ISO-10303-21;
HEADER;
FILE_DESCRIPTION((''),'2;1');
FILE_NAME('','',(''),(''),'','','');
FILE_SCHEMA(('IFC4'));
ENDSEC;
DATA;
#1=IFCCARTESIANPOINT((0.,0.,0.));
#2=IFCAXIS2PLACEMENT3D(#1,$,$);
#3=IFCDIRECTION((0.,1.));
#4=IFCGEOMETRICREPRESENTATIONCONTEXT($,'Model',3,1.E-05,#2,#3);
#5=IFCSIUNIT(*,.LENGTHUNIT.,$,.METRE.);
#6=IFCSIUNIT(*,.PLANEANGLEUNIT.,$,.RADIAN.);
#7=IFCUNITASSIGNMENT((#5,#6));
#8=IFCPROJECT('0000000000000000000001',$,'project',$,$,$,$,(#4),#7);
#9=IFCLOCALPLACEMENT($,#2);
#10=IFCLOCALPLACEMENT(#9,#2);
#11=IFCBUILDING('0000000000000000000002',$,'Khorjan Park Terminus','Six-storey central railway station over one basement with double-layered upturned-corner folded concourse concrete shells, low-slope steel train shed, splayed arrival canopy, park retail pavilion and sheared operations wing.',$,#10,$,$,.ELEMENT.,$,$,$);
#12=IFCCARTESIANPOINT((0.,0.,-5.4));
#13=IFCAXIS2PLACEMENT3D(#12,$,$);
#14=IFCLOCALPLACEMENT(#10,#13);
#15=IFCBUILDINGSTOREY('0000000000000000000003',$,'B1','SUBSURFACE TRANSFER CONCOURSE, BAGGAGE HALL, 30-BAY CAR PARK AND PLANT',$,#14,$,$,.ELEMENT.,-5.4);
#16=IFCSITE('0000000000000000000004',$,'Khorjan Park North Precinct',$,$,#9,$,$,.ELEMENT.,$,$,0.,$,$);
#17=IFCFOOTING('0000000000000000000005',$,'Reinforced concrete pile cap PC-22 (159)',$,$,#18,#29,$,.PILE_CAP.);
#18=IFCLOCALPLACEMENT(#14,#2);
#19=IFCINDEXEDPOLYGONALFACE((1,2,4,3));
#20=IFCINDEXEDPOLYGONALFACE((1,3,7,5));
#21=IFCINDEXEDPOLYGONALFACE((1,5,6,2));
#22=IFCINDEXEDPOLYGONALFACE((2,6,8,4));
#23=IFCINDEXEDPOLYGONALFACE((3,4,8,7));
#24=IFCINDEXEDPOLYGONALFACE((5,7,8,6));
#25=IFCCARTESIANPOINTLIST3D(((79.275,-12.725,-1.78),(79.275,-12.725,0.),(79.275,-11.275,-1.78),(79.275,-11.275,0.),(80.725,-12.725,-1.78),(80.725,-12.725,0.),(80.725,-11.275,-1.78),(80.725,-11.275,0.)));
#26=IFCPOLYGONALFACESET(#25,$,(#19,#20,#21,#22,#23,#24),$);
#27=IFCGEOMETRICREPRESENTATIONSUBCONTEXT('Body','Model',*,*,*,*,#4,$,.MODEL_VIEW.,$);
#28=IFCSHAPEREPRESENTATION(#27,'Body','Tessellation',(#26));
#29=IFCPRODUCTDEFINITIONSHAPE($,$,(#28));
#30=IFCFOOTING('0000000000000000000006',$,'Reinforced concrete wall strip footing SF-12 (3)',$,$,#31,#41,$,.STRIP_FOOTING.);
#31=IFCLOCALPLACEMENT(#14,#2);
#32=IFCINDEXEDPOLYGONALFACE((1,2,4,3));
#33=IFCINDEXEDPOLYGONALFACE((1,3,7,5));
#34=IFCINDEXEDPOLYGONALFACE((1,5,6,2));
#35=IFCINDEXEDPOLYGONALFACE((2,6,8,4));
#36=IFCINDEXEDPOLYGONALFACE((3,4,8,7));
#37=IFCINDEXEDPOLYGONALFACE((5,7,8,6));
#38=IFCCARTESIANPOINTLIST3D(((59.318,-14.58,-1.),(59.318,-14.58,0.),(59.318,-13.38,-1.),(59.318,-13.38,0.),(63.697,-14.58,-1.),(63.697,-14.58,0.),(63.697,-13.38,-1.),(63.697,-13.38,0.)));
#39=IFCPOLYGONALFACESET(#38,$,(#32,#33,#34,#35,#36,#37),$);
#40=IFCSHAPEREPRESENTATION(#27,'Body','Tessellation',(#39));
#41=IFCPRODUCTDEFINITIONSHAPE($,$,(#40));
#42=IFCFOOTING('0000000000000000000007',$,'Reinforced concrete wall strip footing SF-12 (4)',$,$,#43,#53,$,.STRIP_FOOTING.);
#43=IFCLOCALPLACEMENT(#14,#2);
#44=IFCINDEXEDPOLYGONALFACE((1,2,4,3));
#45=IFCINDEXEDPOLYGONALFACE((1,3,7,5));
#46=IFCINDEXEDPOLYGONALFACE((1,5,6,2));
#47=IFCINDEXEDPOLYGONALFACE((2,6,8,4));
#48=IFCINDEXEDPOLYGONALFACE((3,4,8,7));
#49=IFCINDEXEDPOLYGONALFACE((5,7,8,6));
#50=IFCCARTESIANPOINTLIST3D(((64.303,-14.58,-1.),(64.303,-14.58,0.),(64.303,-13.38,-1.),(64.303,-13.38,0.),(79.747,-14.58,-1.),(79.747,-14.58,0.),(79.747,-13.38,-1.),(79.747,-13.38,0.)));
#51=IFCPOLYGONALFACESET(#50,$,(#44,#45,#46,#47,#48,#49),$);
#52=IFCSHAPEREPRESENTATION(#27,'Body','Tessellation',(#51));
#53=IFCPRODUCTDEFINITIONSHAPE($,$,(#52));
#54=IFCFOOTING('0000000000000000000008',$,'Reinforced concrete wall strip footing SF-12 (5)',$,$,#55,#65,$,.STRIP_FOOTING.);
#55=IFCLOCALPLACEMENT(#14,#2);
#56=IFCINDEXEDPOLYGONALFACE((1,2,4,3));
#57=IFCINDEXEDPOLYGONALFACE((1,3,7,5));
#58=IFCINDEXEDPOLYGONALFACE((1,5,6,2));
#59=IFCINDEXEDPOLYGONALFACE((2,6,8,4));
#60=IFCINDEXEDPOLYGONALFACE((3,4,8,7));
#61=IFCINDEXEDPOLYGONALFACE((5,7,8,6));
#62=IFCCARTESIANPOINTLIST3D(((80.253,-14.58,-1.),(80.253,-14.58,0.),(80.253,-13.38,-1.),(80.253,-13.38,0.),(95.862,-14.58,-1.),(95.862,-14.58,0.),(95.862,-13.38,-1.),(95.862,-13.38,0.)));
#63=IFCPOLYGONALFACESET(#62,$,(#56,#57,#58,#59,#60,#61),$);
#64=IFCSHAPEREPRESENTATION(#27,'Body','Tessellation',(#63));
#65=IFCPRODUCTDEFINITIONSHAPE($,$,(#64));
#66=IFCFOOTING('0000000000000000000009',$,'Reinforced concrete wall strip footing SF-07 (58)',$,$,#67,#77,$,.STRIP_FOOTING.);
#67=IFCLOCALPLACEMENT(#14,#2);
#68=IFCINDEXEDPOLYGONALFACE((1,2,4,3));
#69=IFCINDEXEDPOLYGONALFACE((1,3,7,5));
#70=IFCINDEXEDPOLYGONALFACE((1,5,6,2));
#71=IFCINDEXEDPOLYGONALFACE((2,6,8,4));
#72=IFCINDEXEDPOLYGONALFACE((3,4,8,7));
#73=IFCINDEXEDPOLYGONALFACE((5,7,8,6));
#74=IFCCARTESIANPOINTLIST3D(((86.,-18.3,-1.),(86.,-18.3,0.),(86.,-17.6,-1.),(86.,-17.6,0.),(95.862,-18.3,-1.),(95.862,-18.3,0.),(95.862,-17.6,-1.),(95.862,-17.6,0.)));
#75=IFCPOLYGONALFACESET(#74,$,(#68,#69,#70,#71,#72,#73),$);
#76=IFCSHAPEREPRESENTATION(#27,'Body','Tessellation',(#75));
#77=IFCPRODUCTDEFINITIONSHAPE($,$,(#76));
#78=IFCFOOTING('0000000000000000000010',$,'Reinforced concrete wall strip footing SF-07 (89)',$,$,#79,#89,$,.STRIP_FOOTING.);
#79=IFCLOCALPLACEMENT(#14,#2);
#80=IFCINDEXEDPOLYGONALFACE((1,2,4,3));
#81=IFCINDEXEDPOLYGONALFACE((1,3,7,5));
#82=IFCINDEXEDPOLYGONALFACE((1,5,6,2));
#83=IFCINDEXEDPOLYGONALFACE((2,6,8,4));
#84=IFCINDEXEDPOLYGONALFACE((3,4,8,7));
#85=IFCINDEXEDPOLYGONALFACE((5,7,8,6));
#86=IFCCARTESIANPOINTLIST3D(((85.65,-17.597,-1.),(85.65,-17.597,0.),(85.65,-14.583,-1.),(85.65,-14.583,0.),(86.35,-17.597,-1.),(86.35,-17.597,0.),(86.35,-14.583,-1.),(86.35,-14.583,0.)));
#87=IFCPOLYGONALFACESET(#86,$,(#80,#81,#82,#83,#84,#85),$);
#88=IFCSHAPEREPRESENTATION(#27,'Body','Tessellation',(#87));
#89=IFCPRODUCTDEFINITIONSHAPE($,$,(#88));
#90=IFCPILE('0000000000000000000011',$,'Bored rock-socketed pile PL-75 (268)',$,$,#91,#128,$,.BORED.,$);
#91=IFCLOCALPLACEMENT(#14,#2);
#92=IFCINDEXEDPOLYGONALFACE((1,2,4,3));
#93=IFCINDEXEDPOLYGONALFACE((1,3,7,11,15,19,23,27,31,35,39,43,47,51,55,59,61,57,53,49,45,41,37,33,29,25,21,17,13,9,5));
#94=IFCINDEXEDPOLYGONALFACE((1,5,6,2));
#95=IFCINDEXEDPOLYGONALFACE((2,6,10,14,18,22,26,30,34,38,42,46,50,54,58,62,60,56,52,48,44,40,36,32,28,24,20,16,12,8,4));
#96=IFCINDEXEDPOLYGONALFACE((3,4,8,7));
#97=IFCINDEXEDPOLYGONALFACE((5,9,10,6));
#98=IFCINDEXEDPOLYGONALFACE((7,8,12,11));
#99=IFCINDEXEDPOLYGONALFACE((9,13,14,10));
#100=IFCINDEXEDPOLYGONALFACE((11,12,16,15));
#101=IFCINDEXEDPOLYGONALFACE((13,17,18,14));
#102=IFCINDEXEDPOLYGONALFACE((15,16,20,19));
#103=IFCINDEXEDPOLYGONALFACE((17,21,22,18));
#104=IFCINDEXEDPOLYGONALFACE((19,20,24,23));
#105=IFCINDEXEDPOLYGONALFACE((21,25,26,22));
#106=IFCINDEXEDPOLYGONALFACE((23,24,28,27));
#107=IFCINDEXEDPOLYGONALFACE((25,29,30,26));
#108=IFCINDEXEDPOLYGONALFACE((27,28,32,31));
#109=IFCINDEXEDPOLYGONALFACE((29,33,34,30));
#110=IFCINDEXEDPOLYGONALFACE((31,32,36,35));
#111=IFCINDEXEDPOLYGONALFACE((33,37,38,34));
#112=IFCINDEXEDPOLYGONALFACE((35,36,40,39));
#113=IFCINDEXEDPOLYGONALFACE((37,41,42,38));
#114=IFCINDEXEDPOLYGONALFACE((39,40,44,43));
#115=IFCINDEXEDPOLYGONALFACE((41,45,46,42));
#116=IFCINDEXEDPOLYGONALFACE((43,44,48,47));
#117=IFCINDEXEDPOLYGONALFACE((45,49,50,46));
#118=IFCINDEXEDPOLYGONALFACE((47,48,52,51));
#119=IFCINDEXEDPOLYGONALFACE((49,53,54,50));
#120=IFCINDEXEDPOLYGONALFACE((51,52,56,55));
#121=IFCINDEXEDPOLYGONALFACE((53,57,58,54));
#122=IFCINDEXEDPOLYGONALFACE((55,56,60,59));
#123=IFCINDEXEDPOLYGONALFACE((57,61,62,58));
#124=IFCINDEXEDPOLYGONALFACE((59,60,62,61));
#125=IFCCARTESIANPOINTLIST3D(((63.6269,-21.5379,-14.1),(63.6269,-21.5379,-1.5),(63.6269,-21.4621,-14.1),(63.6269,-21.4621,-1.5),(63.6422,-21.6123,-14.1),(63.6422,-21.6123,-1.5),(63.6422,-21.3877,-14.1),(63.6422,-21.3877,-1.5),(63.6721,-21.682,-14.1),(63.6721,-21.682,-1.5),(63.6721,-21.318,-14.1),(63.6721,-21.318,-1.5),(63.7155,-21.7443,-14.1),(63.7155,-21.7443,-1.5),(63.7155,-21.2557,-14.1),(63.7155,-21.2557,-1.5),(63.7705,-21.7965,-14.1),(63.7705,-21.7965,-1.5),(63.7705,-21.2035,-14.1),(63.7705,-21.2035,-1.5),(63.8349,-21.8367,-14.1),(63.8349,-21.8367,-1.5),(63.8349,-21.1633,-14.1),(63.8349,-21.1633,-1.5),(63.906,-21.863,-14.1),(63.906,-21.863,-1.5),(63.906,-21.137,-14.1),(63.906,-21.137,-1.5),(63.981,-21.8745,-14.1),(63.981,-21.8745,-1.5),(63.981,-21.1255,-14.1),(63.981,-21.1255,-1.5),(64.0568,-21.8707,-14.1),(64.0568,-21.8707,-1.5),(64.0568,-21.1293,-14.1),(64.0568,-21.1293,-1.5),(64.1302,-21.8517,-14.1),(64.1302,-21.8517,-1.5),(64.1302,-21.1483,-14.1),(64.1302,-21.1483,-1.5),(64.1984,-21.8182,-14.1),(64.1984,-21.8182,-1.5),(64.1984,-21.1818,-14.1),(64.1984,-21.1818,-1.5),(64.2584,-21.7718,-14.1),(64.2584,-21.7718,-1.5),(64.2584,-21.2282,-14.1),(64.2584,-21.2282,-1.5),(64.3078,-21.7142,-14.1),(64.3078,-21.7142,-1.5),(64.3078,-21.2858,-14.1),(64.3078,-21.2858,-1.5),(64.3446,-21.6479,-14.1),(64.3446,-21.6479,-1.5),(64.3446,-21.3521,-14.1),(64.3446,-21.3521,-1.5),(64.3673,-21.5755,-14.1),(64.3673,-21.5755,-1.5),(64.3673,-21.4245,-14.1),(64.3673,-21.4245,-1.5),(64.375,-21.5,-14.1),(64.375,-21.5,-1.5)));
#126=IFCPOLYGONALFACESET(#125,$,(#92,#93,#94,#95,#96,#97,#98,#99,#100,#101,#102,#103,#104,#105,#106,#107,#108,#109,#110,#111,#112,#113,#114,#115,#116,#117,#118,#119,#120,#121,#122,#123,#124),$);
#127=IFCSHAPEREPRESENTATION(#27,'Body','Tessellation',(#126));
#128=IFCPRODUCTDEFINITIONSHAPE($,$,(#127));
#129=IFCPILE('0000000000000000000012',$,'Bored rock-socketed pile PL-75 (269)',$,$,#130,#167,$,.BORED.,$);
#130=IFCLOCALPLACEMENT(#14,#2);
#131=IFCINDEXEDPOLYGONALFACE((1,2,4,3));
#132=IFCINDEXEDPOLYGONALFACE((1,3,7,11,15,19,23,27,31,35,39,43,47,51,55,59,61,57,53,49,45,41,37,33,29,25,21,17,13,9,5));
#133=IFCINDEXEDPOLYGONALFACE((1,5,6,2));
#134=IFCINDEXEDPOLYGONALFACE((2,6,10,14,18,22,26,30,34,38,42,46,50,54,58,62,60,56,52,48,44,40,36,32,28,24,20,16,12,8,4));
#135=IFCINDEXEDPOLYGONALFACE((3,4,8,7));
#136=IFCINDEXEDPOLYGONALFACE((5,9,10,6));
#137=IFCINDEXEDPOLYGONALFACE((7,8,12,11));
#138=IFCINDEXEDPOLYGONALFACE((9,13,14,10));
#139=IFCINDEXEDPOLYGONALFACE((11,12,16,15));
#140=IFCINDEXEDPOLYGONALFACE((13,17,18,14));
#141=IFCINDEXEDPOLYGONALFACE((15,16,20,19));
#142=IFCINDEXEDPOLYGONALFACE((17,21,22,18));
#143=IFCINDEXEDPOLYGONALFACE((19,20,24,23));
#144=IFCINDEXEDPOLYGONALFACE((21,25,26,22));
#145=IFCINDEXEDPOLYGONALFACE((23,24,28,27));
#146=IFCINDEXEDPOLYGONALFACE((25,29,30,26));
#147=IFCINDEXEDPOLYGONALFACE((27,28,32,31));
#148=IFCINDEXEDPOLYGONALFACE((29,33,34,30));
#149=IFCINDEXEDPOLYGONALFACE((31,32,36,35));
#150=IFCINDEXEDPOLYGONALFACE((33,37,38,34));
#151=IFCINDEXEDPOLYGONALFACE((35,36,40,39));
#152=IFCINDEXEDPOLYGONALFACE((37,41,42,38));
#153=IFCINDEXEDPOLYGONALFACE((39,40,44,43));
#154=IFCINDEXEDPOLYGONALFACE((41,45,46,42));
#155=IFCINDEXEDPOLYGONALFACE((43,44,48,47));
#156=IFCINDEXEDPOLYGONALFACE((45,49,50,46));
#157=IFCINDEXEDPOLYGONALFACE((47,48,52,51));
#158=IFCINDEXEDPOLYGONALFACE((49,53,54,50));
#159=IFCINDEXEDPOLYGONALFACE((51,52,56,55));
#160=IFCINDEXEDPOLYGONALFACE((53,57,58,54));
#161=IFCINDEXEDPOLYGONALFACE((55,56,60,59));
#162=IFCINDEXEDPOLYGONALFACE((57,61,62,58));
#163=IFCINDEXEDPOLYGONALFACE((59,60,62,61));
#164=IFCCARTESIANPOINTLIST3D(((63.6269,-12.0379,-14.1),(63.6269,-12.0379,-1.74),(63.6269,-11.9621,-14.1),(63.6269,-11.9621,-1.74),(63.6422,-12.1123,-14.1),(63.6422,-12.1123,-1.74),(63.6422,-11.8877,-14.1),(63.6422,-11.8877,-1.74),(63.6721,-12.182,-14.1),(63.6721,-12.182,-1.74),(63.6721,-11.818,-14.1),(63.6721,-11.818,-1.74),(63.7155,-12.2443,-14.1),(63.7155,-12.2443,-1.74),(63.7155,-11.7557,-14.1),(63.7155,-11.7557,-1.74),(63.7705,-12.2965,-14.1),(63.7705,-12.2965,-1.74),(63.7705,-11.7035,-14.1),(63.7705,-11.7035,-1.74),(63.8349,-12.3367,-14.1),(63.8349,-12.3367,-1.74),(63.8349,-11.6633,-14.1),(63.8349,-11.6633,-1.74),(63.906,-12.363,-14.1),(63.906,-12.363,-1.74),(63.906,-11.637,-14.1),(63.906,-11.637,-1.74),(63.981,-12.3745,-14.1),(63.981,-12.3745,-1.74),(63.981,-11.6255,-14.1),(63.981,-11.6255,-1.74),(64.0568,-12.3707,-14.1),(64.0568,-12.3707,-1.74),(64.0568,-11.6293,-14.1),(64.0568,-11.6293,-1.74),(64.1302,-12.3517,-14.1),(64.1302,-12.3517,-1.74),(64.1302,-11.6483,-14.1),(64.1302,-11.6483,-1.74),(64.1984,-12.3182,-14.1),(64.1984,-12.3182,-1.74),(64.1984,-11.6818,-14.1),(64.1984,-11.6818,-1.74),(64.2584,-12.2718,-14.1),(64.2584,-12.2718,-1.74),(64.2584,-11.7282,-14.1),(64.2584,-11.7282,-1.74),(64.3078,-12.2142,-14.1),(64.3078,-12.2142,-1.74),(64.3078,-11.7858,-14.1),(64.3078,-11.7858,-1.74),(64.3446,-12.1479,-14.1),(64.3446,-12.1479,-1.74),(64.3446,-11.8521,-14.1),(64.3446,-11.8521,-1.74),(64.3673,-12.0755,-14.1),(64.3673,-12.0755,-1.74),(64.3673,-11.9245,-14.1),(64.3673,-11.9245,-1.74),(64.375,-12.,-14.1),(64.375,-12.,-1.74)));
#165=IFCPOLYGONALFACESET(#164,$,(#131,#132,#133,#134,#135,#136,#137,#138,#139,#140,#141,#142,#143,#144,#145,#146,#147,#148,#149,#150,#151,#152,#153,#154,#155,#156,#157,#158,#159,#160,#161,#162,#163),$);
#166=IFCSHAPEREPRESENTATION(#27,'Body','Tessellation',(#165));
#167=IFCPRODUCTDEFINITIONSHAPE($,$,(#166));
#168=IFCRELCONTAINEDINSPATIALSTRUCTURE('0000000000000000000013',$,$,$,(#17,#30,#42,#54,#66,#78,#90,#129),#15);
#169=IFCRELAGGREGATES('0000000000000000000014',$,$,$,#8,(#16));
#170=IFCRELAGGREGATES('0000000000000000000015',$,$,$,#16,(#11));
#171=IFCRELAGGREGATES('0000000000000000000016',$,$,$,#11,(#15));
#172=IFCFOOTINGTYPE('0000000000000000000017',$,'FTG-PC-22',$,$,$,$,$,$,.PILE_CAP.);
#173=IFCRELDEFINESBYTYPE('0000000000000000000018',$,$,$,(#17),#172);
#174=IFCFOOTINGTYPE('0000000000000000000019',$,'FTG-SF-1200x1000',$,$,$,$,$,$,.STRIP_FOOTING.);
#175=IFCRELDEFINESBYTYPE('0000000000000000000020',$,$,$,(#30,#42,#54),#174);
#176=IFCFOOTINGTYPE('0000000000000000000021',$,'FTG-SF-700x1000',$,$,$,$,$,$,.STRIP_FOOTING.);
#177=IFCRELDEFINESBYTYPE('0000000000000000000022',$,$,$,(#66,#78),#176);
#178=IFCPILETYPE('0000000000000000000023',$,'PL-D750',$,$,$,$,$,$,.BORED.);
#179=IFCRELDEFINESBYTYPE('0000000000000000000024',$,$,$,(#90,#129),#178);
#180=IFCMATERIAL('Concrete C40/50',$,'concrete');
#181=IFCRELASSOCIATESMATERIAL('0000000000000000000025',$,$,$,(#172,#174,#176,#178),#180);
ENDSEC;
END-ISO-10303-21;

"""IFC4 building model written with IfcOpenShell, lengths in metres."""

from ifc_helpers import new_model, si_unit, direction, frame, origin, origin_2d, place, context, subcontext, project, spatial, rectangle, circle, extrude, material, material_profile, profile_set, type_object, element, save


model = new_model("IFC4")

# Units and contexts
model_context = context("Model", 3, precision=1e-05, world=origin(), true_north=direction((0.0, 1.0)))
body_context = subcontext(model_context, "Body", "Model", "MODEL_VIEW")
ifc_project = project(units=[si_unit("LENGTHUNIT", "METRE"), si_unit("PLANEANGLEUNIT", "RADIAN")], contexts=[model_context])

# Site, building, storey
site_placement = place(None, origin())
site = spatial("IfcSite", under=ifc_project, at=site_placement, Name="Khorjan Park North Precinct", CompositionType="ELEMENT", RefElevation=0.0)
building_placement = place(site_placement, origin())
building = spatial("IfcBuilding", under=site, at=building_placement, Name="Khorjan Park Terminus", Description="Six-storey central railway station over one basement with double-layered upturned-corner folded concourse concrete shells, low-slope steel train shed, splayed arrival canopy, park retail pavilion and sheared operations wing.", CompositionType="ELEMENT")
storey_placement = place(building_placement, frame((0.0, 0.0, -5.4)))
storey = spatial("IfcBuildingStorey", under=building, at=storey_placement, Name="B1", Description="SUBSURFACE TRANSFER CONCOURSE, BAGGAGE HALL, 30-BAY CAR PARK AND PLANT", CompositionType="ELEMENT", Elevation=-5.4)

# Footings
ifc_material_1 = material(Name="Concrete C40/50", Category="concrete")
footing_type_1 = type_object("IfcFootingType", Name="FTG-PC-22", PredefinedType="PILE_CAP", material=ifc_material_1)
footing_1_placement = place(storey_placement, frame((80.0, -12.0, -1.78), z_axis=(0.0, 0.0, 1.0), x_axis=(1.0, 0.0, 0.0)))
element("IfcFooting", 1, at=footing_1_placement, inside=storey, type_object=footing_type_1, Name="Reinforced concrete pile cap PC-22 (159)", PredefinedType="PILE_CAP", context=body_context, shape_type="SweptSolid", body=[
    extrude(rectangle(XDim=1.45, YDim=1.45, at=origin_2d()), origin(), (0.0, 0.0, 1.0), 1.78),
])
ifc_material_profile_1 = material_profile(ifc_material_1, rectangle(XDim=1.2, YDim=1.0, at=origin_2d()), Name="RC 1200x1000")
ifc_profile_set_1 = profile_set([ifc_material_profile_1], Name="Concrete C40/50")
footing_type_2 = type_object("IfcFootingType", Name="FTG-SF-1200x1000", PredefinedType="STRIP_FOOTING", material=ifc_profile_set_1)
footing_2_placement = place(storey_placement, frame((59.318, -13.98, -0.5), z_axis=(1.0, 0.0, 0.0), x_axis=(0.0, 1.0, 0.0)))
element("IfcFooting", 2, at=footing_2_placement, inside=storey, type_object=footing_type_2, Name="Reinforced concrete wall strip footing SF-12 (3)", PredefinedType="STRIP_FOOTING", context=body_context, shape_type="SweptSolid", body=[
    extrude(rectangle(XDim=1.2, YDim=1.0, at=origin_2d()), origin(), (0.0, 0.0, 1.0), 4.379),
])
footing_3_placement = place(storey_placement, frame((64.303, -13.98, -0.5), z_axis=(1.0, 0.0, 0.0), x_axis=(0.0, 1.0, 0.0)))
element("IfcFooting", 3, at=footing_3_placement, inside=storey, type_object=footing_type_2, Name="Reinforced concrete wall strip footing SF-12 (4)", PredefinedType="STRIP_FOOTING", context=body_context, shape_type="SweptSolid", body=[
    extrude(rectangle(XDim=1.2, YDim=1.0, at=origin_2d()), origin(), (0.0, 0.0, 1.0), 15.444),
])
footing_4_placement = place(storey_placement, frame((80.253, -13.98, -0.5), z_axis=(1.0, 0.0, 0.0), x_axis=(0.0, 1.0, 0.0)))
element("IfcFooting", 4, at=footing_4_placement, inside=storey, type_object=footing_type_2, Name="Reinforced concrete wall strip footing SF-12 (5)", PredefinedType="STRIP_FOOTING", context=body_context, shape_type="SweptSolid", body=[
    extrude(rectangle(XDim=1.2, YDim=1.0, at=origin_2d()), origin(), (0.0, 0.0, 1.0), 15.609),
])
ifc_material_profile_2 = material_profile(ifc_material_1, rectangle(XDim=0.7, YDim=1.0, at=origin_2d()), Name="RC 700x1000")
ifc_profile_set_2 = profile_set([ifc_material_profile_2], Name="Concrete C40/50")
footing_type_3 = type_object("IfcFootingType", Name="FTG-SF-700x1000", PredefinedType="STRIP_FOOTING", material=ifc_profile_set_2)
footing_5_placement = place(storey_placement, frame((86.0, -17.95, -0.5), z_axis=(1.0, 0.0, 0.0), x_axis=(0.0, 1.0, 0.0)))
element("IfcFooting", 5, at=footing_5_placement, inside=storey, type_object=footing_type_3, Name="Reinforced concrete wall strip footing SF-07 (58)", PredefinedType="STRIP_FOOTING", context=body_context, shape_type="SweptSolid", body=[
    extrude(rectangle(XDim=0.7, YDim=1.0, at=origin_2d()), origin(), (0.0, 0.0, 1.0), 9.862),
])
footing_6_placement = place(storey_placement, frame((86.0, -17.597, -0.5), z_axis=(0.0, 1.0, 0.0), x_axis=(-1.0, 0.0, 0.0)))
element("IfcFooting", 6, at=footing_6_placement, inside=storey, type_object=footing_type_3, Name="Reinforced concrete wall strip footing SF-07 (89)", PredefinedType="STRIP_FOOTING", context=body_context, shape_type="SweptSolid", body=[
    extrude(rectangle(XDim=0.7, YDim=1.0, at=origin_2d()), origin(), (0.0, 0.0, 1.0), 3.014),
])

# Piles
ifc_material_profile_3 = material_profile(ifc_material_1, circle(Radius=0.375, at=origin_2d()), Name="BORED D750")
ifc_profile_set_3 = profile_set([ifc_material_profile_3], Name="Concrete C40/50")
pile_type_1 = type_object("IfcPileType", Name="PL-D750", PredefinedType="BORED", material=ifc_profile_set_3)
pile_1_placement = place(storey_placement, frame((64.0, -21.5, -1.5), z_axis=(0.0, 0.0, -1.0), x_axis=(1.0, 0.0, 0.0)))
element("IfcPile", 7, at=pile_1_placement, inside=storey, type_object=pile_type_1, Name="Bored rock-socketed pile PL-75 (268)", PredefinedType="BORED", context=body_context, shape_type="SweptSolid", body=[
    extrude(circle(Radius=0.375, at=origin_2d()), origin(), (0.0, 0.0, 1.0), 12.6),
])
for number, where, z_axis, x_axis, name in (
    (8, (64.0, -12.0, -1.74), (0.0, 0.0, -1.0), (1.0, 0.0, 0.0), "Bored rock-socketed pile PL-75 (269)"),
):
    element("IfcPile", number, at=place(storey_placement, frame(where, z_axis=z_axis, x_axis=x_axis)), inside=storey, type_object=pile_type_1, Name=name, PredefinedType="BORED", context=body_context, shape_type="SweptSolid", body=[
        extrude(circle(Radius=0.375, at=origin_2d()), origin(), (0.0, 0.0, 1.0), 12.36),
    ])

save(model, "model.ifc")
